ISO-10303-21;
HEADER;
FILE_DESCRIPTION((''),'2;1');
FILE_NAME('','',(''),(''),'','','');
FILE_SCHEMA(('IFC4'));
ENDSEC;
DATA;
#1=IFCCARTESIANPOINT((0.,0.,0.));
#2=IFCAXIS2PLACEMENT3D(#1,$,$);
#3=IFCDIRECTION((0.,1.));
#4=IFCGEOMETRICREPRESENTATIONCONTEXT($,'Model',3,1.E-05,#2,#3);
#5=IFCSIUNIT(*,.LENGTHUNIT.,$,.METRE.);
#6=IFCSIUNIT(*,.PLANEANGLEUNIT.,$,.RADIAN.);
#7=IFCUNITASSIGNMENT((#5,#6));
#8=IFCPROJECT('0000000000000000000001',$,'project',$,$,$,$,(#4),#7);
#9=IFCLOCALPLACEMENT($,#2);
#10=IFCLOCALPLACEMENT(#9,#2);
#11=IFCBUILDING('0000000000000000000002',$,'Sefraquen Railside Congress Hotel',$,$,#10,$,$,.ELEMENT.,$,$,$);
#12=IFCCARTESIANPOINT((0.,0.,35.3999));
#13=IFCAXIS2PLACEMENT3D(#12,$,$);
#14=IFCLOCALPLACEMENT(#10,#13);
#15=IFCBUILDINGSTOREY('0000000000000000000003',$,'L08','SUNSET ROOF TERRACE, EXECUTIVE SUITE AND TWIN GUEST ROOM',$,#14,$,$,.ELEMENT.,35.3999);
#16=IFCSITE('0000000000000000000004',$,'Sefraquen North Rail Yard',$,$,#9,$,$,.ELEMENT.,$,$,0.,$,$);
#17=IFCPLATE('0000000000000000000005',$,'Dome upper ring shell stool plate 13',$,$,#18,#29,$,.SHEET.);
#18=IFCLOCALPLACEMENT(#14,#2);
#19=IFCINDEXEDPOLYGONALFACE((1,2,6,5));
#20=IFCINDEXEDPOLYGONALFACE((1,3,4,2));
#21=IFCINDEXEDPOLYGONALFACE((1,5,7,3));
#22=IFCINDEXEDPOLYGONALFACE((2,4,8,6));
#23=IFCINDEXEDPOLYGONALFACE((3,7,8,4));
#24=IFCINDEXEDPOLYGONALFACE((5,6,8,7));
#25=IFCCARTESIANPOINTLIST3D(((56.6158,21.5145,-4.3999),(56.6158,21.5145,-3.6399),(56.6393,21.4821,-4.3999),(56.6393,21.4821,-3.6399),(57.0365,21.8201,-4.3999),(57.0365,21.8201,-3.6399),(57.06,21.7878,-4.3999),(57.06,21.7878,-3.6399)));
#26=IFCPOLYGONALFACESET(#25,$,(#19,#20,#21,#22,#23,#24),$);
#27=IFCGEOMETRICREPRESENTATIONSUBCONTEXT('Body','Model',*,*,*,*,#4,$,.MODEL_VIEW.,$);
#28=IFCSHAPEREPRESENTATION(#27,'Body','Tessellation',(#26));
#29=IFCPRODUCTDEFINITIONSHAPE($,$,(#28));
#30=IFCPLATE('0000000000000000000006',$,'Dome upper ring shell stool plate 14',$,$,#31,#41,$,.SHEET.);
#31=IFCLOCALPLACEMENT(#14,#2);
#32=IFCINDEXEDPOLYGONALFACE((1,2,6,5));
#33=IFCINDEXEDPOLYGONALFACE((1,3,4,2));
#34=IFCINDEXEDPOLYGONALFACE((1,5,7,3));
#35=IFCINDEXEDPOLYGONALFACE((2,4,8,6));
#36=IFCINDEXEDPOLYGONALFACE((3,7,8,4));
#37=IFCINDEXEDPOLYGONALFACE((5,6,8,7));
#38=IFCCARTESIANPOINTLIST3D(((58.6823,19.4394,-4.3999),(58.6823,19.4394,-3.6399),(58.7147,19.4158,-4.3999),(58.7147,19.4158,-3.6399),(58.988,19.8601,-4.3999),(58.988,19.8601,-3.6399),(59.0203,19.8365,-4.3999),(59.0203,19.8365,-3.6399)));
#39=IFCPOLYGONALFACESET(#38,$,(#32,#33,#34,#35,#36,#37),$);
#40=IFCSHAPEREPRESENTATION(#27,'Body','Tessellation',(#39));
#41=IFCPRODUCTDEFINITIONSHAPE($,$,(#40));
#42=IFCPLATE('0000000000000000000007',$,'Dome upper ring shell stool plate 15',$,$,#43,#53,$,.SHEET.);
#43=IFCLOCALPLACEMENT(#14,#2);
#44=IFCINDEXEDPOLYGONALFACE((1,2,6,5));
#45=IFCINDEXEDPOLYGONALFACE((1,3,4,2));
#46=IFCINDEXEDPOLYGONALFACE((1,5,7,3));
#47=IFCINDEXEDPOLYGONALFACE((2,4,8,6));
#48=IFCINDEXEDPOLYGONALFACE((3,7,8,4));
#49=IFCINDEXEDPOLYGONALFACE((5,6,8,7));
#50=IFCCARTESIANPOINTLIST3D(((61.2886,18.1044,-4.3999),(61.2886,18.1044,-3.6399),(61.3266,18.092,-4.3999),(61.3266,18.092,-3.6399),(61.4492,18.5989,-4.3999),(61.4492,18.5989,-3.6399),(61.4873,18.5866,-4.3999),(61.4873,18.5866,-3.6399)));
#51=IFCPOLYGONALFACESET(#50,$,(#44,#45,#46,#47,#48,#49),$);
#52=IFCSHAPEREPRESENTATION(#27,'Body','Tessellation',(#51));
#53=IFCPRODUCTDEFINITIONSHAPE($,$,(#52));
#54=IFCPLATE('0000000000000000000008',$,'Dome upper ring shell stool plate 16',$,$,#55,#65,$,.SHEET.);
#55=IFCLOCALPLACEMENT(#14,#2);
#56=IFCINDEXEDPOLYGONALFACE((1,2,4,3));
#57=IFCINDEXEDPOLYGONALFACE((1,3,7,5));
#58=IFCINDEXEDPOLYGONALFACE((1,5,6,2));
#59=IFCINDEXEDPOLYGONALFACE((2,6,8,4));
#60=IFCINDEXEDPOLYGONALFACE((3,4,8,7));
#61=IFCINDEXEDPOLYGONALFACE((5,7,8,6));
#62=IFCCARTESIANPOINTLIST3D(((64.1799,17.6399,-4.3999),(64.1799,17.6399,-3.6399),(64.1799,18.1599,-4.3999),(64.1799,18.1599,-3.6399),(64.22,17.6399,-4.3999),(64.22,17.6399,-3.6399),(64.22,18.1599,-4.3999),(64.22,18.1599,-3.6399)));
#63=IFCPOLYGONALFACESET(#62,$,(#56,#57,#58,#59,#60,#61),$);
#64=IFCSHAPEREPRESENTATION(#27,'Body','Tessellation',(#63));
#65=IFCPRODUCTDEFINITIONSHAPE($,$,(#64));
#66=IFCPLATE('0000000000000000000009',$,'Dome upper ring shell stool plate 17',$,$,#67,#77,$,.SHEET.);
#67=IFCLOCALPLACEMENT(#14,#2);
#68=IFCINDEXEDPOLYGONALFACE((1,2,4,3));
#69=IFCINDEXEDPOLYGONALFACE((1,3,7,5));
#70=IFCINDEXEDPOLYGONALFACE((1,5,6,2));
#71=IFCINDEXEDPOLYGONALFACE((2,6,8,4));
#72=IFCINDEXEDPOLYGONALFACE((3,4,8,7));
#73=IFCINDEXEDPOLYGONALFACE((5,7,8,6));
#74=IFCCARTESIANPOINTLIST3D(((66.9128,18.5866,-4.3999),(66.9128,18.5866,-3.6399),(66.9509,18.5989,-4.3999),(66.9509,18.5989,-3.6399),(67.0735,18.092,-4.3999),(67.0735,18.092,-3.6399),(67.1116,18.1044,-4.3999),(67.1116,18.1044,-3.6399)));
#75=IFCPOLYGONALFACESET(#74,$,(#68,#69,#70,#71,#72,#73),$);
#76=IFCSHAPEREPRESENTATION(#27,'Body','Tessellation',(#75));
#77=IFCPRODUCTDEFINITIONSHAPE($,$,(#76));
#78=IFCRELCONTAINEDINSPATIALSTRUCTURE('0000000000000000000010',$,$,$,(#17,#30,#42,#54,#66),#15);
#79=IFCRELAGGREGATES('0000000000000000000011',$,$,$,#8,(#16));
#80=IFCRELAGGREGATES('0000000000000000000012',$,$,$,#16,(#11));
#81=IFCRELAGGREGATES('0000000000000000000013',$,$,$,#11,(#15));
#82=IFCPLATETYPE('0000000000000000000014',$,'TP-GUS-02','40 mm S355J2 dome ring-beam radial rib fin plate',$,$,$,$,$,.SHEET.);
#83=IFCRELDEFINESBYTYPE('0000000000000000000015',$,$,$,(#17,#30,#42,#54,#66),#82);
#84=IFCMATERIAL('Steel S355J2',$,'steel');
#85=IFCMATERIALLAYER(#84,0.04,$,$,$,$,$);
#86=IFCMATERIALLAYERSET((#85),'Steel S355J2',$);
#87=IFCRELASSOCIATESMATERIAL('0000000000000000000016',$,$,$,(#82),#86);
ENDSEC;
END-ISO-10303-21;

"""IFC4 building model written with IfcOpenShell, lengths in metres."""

from ifc_helpers import new_model, si_unit, direction, frame, origin, origin_2d, place, context, subcontext, project, spatial, rectangle, extrude, material, layer, layer_set, type_object, element, save


model = new_model("IFC4")

# Units and contexts
model_context = context("Model", 3, precision=1e-05, world=origin(), true_north=direction((0.0, 1.0)))
body_context = subcontext(model_context, "Body", "Model", "MODEL_VIEW")
ifc_project = project(units=[si_unit("LENGTHUNIT", "METRE"), si_unit("PLANEANGLEUNIT", "RADIAN")], contexts=[model_context])

# Site, building, storey
site_placement = place(None, origin())
site = spatial("IfcSite", under=ifc_project, at=site_placement, Name="Sefraquen North Rail Yard", CompositionType="ELEMENT", RefElevation=0.0)
building_placement = place(site_placement, origin())
building = spatial("IfcBuilding", under=site, at=building_placement, Name="Sefraquen Railside Congress Hotel", CompositionType="ELEMENT")
storey_placement = place(building_placement, frame((0.0, 0.0, 35.3999)))
storey = spatial("IfcBuildingStorey", under=building, at=storey_placement, Name="L08", Description="SUNSET ROOF TERRACE, EXECUTIVE SUITE AND TWIN GUEST ROOM", CompositionType="ELEMENT", Elevation=35.3999)

# Plates
ifc_material_1 = material(Name="Steel S355J2", Category="steel")
ifc_layer = layer(ifc_material_1, 0.04)
ifc_layer_set = layer_set([ifc_layer], Name="Steel S355J2")
plate_type = type_object("IfcPlateType", Name="TP-GUS-02", Description="40 mm S355J2 dome ring-beam radial rib fin plate", PredefinedType="SHEET", material=ifc_layer_set)
for number, where, z_axis, x_axis, name in (
    (1, (56.8379, 21.6511, -4.3999), (0.0, 0.0, 1.0), (-0.809017, -0.587785, 0.0), "Dome upper ring shell stool plate 13"),
    (2, (58.8513, 19.6379, -4.3999), (0.0, 0.0, 1.0), (-0.587785, -0.809017, 0.0), "Dome upper ring shell stool plate 14"),
    (3, (61.3879, 18.3455, -4.3999), (0.0, 0.0, 1.0), (-0.309017, -0.951057, 0.0), "Dome upper ring shell stool plate 15"),
    (4, (64.2, 17.8999, -4.3999), (0.0, 0.0, 1.0), (0.0, -1.0, 0.0), "Dome upper ring shell stool plate 16"),
    (5, (67.0122, 18.3455, -4.3999), (0.0, 0.0, 1.0), (0.309017, -0.951057, 0.0), "Dome upper ring shell stool plate 17"),
):
    element("IfcPlate", number, at=place(storey_placement, frame(where, z_axis=z_axis, x_axis=x_axis)), inside=storey, type_object=plate_type, Name=name, PredefinedType="SHEET", context=body_context, shape_type="SweptSolid", body=[
        extrude(rectangle(XDim=0.52, YDim=0.04, at=origin_2d()), origin(), (0.0, 0.0, 1.0), 0.76),
    ])

save(model, "model.ifc")
